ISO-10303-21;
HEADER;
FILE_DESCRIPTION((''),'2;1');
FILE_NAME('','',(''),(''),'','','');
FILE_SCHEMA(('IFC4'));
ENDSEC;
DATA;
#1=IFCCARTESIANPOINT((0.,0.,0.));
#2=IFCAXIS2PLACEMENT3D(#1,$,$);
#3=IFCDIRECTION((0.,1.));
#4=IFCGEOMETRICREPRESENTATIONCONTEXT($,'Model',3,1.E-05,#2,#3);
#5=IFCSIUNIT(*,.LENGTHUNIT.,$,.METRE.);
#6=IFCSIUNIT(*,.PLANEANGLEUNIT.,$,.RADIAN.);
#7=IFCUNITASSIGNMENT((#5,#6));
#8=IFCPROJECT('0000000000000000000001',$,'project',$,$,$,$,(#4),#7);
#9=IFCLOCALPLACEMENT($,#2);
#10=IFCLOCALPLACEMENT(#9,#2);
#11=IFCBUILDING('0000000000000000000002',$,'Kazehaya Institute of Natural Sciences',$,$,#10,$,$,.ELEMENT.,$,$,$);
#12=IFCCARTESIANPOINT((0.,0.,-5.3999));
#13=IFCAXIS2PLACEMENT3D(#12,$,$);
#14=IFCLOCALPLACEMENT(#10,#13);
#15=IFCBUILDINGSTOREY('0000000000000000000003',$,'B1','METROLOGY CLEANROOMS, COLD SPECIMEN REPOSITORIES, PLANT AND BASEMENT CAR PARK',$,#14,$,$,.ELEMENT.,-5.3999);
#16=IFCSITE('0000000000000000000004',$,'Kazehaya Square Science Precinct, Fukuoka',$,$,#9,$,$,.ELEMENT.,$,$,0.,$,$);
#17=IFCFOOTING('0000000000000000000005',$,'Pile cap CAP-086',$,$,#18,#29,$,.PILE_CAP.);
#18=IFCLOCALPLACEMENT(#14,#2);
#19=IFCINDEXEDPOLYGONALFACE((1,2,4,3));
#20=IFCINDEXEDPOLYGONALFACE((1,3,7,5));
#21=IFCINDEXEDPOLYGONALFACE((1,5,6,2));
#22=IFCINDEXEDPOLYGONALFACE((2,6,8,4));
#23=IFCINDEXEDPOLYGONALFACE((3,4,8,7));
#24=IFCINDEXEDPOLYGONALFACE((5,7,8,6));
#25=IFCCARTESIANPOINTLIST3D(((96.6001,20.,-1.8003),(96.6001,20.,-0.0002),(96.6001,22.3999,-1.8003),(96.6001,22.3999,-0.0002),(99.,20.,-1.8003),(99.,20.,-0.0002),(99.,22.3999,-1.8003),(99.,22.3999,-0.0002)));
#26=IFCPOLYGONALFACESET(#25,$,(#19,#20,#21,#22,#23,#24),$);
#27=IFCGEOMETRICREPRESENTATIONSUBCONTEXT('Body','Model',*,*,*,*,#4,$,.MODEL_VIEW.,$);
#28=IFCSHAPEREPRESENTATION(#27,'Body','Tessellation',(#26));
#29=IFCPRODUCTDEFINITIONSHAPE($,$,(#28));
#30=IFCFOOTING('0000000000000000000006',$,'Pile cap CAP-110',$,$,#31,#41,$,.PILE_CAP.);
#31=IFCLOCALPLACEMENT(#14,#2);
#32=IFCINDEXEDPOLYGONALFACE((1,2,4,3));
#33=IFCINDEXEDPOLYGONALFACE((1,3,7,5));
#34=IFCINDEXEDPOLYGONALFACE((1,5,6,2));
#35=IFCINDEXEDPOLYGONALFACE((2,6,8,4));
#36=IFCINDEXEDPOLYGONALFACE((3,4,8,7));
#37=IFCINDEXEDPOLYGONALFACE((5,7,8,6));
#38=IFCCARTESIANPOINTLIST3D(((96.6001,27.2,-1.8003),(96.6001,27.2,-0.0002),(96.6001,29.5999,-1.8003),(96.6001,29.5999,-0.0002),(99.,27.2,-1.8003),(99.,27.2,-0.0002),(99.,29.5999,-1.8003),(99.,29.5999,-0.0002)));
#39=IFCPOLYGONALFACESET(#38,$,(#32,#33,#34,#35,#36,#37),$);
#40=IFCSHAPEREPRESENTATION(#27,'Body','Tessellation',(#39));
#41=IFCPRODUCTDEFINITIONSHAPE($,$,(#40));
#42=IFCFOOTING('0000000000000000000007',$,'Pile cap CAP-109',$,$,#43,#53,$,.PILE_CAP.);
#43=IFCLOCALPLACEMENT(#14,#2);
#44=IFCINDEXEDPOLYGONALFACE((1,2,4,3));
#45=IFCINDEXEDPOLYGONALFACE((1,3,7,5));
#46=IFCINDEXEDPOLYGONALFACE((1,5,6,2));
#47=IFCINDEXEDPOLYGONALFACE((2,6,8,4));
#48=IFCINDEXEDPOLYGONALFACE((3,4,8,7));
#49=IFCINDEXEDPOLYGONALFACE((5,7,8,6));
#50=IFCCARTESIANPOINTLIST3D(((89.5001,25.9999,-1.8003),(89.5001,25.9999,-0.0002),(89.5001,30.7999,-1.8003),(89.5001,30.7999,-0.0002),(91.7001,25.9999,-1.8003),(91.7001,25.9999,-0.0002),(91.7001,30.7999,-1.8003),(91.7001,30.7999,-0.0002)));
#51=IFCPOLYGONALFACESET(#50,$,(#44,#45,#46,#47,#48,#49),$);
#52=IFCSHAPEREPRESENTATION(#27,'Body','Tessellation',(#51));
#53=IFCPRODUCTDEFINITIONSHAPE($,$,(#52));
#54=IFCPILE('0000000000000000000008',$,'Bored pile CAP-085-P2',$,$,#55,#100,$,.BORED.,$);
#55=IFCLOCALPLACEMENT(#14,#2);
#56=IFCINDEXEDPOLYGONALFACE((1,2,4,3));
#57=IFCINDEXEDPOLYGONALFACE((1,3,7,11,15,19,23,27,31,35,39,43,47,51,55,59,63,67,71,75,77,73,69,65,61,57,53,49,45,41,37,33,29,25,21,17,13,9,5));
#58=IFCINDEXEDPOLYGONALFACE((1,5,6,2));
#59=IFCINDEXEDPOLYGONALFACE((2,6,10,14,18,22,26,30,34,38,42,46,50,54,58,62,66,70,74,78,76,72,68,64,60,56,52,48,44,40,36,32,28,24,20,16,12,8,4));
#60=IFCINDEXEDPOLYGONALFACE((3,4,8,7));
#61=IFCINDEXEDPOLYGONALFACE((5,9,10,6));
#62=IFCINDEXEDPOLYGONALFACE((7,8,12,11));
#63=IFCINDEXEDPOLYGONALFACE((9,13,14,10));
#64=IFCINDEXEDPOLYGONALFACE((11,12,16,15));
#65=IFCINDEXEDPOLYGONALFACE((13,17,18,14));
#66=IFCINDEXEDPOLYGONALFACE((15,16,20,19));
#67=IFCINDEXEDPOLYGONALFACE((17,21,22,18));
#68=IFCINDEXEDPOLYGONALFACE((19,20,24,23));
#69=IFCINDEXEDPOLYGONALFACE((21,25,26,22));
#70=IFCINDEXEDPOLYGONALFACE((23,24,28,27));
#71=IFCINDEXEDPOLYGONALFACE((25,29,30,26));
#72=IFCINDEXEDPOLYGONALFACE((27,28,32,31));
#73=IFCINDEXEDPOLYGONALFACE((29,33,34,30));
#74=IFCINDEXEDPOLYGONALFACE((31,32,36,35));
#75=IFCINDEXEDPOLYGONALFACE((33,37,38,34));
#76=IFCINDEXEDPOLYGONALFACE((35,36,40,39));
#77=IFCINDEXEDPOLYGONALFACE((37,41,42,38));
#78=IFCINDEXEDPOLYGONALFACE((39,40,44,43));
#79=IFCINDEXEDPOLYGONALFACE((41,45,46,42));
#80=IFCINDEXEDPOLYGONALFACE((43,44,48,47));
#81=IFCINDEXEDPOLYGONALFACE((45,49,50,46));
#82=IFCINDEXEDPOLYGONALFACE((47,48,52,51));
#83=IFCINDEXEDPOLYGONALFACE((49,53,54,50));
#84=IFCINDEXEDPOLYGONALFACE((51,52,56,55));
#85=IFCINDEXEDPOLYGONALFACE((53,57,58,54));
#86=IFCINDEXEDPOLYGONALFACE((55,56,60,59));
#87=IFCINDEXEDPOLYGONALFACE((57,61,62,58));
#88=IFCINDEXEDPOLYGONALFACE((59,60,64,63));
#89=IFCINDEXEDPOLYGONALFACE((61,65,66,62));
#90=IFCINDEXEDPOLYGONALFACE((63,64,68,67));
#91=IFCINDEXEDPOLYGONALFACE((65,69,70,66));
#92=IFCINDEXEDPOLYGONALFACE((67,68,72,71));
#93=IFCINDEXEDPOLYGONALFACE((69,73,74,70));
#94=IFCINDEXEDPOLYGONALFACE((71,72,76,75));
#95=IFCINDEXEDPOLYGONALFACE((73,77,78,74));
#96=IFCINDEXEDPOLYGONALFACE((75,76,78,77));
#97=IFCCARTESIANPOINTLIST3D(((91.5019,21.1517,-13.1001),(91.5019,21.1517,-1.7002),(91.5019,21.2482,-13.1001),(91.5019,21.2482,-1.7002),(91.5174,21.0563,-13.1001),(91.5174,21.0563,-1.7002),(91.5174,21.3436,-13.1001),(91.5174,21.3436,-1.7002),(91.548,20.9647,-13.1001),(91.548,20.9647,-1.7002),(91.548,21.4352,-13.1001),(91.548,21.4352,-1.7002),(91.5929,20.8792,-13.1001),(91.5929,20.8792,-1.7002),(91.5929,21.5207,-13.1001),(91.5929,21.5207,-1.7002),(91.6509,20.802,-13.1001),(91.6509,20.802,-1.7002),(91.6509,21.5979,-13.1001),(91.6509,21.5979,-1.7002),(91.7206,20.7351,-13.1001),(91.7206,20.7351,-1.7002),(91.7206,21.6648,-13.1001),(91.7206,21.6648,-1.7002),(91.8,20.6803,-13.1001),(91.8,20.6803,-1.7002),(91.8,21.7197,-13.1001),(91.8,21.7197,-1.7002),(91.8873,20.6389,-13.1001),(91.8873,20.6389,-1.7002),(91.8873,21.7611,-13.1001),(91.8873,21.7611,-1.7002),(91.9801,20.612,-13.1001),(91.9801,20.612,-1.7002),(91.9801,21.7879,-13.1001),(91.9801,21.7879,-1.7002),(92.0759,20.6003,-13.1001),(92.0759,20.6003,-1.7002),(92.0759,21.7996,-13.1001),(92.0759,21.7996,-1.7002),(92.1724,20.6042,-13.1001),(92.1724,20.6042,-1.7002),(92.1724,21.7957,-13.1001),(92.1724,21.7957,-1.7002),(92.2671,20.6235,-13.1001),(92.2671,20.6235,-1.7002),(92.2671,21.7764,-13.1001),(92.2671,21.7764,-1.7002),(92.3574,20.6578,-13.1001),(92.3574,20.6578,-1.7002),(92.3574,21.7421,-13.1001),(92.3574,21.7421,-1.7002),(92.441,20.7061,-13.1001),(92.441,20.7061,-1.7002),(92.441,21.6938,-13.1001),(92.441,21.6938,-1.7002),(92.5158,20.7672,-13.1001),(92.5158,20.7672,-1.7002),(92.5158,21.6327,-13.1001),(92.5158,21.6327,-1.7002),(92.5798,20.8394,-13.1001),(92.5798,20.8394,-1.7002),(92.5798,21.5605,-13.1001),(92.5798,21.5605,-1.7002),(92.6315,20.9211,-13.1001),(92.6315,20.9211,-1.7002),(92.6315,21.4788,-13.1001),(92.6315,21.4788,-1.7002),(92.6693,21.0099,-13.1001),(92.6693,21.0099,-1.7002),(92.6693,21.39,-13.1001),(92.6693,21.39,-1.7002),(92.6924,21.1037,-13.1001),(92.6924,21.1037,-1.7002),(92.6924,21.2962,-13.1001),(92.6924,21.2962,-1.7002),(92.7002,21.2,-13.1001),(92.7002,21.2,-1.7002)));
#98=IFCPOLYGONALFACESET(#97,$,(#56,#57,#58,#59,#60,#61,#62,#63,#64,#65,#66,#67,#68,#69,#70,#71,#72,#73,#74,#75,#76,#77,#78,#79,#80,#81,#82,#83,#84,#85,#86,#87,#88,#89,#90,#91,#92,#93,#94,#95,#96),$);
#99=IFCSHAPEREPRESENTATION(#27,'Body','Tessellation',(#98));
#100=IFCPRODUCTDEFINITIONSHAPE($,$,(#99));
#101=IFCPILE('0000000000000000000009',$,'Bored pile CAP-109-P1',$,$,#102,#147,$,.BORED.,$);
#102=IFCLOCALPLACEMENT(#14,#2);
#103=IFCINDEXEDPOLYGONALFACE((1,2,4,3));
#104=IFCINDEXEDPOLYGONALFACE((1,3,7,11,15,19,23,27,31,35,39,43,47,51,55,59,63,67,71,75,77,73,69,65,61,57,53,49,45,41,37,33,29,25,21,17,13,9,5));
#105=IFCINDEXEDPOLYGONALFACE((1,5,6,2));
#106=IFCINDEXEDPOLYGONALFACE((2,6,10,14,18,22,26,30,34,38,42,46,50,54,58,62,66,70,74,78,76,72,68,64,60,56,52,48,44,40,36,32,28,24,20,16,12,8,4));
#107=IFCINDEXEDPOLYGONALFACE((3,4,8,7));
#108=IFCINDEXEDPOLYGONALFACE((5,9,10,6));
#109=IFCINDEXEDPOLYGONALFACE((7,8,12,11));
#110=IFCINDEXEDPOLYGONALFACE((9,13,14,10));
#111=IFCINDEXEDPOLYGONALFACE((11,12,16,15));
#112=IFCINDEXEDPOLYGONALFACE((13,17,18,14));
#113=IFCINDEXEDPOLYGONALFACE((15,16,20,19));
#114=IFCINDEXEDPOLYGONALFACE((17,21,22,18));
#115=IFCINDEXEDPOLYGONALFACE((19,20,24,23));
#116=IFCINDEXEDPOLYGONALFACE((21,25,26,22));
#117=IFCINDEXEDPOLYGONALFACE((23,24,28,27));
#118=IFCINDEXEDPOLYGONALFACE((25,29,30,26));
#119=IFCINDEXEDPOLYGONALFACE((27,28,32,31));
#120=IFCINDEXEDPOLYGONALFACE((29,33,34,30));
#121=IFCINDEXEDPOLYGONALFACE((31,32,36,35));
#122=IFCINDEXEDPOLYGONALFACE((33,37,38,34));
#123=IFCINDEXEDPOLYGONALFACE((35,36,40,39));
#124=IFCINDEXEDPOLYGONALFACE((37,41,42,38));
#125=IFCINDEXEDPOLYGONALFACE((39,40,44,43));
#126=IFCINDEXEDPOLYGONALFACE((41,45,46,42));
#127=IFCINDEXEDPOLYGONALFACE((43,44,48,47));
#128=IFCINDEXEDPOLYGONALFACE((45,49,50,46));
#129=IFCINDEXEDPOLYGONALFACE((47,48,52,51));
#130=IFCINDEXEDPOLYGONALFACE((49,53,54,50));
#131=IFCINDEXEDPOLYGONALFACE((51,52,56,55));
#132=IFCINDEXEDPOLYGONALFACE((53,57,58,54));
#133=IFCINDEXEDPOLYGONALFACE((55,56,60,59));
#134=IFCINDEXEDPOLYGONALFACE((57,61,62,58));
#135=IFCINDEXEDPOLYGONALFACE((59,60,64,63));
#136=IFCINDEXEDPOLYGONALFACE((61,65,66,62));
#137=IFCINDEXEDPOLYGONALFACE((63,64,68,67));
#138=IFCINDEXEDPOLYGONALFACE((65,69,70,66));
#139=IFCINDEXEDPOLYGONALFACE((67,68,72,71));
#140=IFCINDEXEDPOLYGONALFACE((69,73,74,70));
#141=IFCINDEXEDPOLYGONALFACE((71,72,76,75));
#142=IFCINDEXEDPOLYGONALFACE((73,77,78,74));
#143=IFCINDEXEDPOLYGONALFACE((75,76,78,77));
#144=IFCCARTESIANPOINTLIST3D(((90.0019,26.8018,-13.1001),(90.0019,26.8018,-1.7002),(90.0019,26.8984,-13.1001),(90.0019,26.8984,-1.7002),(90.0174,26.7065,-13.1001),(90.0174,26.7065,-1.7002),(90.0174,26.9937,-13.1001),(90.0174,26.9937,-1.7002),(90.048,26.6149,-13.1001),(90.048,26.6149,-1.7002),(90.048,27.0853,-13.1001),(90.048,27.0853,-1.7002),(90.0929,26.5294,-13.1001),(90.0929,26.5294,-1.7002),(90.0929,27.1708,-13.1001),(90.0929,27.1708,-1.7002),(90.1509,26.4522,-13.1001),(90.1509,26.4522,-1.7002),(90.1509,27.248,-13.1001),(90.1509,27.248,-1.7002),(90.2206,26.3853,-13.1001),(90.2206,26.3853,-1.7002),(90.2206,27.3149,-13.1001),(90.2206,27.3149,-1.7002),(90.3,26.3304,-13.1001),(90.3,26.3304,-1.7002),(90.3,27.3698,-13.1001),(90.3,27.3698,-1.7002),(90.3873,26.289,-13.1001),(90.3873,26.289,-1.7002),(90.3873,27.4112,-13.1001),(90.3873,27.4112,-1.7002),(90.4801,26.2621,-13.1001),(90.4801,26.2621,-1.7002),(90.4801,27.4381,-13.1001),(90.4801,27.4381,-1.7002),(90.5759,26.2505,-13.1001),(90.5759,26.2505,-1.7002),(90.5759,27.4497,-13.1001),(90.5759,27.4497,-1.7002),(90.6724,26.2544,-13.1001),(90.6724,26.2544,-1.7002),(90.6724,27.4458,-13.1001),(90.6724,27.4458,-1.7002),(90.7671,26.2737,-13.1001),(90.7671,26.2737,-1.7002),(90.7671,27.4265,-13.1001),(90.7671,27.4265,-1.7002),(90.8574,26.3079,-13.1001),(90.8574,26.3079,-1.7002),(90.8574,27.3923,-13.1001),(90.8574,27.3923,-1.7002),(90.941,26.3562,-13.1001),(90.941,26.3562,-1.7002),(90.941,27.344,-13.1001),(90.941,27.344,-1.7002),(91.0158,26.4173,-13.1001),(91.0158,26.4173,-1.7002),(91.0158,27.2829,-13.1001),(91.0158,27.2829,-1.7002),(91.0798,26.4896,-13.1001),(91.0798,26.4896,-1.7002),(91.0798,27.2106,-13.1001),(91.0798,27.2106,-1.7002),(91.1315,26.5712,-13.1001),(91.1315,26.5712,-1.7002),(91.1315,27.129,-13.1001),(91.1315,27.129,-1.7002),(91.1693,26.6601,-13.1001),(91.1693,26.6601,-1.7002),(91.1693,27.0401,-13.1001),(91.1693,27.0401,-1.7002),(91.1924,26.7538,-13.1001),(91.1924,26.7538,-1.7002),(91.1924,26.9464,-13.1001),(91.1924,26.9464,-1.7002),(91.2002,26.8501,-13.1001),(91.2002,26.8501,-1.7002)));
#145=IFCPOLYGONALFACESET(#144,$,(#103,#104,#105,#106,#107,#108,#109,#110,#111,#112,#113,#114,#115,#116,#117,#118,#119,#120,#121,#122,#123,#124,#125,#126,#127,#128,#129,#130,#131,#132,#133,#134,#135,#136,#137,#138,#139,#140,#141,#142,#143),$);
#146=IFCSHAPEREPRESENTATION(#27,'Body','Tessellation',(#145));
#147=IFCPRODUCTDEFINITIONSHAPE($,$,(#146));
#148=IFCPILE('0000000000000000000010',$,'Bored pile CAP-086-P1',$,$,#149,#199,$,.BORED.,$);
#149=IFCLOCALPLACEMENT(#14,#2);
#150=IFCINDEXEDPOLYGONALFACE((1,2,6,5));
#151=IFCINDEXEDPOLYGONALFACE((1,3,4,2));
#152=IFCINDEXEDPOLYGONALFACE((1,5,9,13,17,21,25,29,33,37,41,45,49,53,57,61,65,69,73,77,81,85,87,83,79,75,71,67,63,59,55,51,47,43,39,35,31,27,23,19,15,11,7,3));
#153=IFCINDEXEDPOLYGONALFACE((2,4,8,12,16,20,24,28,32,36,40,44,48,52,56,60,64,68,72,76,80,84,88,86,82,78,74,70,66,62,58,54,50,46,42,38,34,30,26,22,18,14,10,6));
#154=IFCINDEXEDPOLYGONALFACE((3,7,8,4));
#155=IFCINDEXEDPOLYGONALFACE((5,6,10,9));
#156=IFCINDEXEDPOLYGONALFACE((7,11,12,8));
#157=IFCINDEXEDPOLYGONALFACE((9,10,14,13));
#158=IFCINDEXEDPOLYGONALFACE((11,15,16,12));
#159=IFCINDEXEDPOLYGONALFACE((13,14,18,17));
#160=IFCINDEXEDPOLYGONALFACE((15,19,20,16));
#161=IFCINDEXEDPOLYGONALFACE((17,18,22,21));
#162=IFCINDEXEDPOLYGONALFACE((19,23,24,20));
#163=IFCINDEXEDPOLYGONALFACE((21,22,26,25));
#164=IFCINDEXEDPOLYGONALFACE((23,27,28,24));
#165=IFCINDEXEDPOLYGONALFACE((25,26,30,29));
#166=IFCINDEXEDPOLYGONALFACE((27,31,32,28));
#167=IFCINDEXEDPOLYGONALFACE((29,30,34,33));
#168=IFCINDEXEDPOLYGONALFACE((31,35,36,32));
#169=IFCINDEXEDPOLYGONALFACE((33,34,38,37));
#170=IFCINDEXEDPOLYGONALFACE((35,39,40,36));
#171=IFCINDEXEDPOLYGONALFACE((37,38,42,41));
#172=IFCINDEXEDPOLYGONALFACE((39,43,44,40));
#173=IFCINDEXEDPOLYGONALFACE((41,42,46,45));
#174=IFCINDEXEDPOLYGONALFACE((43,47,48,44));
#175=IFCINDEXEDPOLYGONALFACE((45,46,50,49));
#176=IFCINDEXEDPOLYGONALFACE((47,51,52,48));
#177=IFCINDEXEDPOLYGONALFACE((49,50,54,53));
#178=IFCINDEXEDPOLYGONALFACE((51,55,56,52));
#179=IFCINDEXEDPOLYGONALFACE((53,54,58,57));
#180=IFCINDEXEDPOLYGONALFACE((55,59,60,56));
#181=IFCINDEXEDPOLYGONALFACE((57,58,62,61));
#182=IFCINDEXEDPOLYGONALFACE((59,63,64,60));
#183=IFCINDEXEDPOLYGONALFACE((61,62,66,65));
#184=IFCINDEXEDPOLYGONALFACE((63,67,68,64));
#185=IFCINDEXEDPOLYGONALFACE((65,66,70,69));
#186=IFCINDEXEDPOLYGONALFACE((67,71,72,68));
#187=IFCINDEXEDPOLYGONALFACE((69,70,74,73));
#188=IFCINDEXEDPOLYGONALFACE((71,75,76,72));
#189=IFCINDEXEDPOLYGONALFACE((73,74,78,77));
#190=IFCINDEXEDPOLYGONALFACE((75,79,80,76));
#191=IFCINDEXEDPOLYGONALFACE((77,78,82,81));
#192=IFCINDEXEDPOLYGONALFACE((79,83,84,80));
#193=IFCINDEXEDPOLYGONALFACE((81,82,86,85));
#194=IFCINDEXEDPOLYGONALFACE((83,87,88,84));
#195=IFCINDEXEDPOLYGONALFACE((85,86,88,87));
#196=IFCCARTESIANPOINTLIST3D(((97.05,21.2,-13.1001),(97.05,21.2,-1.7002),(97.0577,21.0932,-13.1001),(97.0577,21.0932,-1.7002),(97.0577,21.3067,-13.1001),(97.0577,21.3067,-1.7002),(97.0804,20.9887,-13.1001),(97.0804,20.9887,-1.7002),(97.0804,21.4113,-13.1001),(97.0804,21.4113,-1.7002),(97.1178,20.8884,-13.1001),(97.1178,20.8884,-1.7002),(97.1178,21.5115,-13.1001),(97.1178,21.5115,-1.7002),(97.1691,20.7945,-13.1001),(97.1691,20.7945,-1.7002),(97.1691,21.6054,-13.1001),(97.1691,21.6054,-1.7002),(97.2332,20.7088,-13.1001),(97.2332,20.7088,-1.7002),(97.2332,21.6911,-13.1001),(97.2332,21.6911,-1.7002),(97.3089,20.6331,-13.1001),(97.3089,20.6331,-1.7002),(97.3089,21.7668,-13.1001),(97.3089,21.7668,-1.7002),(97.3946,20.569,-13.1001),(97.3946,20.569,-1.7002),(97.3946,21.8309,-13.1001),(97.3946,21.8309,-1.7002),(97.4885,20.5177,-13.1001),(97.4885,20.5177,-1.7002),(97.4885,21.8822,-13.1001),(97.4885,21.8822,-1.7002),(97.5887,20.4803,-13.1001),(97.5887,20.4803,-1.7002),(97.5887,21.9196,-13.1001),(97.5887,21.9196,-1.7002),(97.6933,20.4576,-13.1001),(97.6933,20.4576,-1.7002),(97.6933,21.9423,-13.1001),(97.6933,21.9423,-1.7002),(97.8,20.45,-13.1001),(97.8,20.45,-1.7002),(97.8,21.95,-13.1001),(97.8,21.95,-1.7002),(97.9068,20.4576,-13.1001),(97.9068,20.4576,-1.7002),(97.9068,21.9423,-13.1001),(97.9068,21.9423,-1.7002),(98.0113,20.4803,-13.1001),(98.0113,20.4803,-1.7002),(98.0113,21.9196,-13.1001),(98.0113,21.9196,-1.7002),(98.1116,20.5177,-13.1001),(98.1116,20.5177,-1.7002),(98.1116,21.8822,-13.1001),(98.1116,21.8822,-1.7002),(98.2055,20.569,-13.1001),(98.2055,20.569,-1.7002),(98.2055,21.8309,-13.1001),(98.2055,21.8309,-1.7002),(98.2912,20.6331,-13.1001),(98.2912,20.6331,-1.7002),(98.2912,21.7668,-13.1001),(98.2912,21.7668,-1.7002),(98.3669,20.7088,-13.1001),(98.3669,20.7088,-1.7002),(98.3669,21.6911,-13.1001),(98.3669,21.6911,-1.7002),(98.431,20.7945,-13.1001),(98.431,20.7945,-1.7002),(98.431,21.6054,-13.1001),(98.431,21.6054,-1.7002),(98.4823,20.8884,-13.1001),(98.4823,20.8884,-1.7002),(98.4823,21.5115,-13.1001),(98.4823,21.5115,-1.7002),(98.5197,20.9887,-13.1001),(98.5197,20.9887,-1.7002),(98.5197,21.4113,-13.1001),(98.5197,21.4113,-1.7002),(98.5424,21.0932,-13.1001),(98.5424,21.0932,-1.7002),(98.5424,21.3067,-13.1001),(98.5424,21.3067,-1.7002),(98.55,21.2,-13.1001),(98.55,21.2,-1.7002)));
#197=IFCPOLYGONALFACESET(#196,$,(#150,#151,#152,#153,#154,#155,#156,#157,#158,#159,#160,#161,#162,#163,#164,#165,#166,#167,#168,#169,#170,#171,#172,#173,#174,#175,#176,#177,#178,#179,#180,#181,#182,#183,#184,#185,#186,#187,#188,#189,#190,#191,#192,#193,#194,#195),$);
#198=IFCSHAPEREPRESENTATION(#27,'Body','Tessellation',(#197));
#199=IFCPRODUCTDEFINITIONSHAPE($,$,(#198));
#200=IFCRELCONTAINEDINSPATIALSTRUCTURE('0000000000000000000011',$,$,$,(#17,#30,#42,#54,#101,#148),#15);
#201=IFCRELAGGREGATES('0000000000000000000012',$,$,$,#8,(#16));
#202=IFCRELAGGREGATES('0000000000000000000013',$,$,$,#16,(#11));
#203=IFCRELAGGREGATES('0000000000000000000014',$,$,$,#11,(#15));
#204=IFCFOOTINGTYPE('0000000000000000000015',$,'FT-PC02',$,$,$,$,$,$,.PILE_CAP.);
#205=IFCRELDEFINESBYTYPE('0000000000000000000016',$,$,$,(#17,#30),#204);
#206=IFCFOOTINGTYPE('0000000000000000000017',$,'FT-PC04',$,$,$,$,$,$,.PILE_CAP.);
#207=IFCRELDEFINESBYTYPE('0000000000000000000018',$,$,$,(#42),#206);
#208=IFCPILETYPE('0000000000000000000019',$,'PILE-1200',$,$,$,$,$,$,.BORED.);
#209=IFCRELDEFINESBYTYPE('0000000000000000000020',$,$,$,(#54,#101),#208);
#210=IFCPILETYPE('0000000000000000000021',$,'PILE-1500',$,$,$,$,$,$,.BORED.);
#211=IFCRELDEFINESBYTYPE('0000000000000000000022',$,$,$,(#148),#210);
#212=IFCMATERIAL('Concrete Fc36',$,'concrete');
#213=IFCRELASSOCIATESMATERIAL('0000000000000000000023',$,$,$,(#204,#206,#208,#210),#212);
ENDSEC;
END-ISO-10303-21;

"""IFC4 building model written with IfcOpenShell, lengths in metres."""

from ifc_helpers import new_model, si_unit, direction, frame, origin, origin_2d, place, context, subcontext, project, spatial, rectangle, circle, extrude, material, material_profile, profile_set, type_object, element, save


model = new_model("IFC4")

# Units and contexts
model_context = context("Model", 3, precision=1e-05, world=origin(), true_north=direction((0.0, 1.0)))
body_context = subcontext(model_context, "Body", "Model", "MODEL_VIEW")
ifc_project = project(units=[si_unit("LENGTHUNIT", "METRE"), si_unit("PLANEANGLEUNIT", "RADIAN")], contexts=[model_context])

# Site, building, storey
site_placement = place(None, origin())
site = spatial("IfcSite", under=ifc_project, at=site_placement, Name="Kazehaya Square Science Precinct, Fukuoka", CompositionType="ELEMENT", RefElevation=0.0)
building_placement = place(site_placement, origin())
building = spatial("IfcBuilding", under=site, at=building_placement, Name="Kazehaya Institute of Natural Sciences", CompositionType="ELEMENT")
storey_placement = place(building_placement, frame((0.0, 0.0, -5.3999)))
storey = spatial("IfcBuildingStorey", under=building, at=storey_placement, Name="B1", Description="METROLOGY CLEANROOMS, COLD SPECIMEN REPOSITORIES, PLANT AND BASEMENT CAR PARK", CompositionType="ELEMENT", Elevation=-5.3999)

# Footings
ifc_material_1 = material(Name="Concrete Fc36", Category="concrete")
footing_type_1 = type_object("IfcFootingType", Name="FT-PC02", PredefinedType="PILE_CAP", material=ifc_material_1)
for number, where, z_axis, x_axis, name in (
    (1, (97.8, 21.2, -1.8003), (0.0, 0.0, 1.0), (1.0, 0.0, 0.0), "Pile cap CAP-086"),
    (2, (97.8, 28.3999, -1.8003), (0.0, 0.0, 1.0), (1.0, 0.0, 0.0), "Pile cap CAP-110"),
):
    element("IfcFooting", number, at=place(storey_placement, frame(where, z_axis=z_axis, x_axis=x_axis)), inside=storey, type_object=footing_type_1, Name=name, PredefinedType="PILE_CAP", context=body_context, shape_type="SweptSolid", body=[
        extrude(rectangle(XDim=2.3999, YDim=2.3999, at=origin_2d()), origin(), (0.0, 0.0, 1.0), 1.8),
    ])
footing_type_2 = type_object("IfcFootingType", Name="FT-PC04", PredefinedType="PILE_CAP", material=ifc_material_1)
footing_placement = place(storey_placement, frame((90.6001, 28.3999, -1.8003), z_axis=(0.0, 0.0, 1.0), x_axis=(1.0, 0.0, 0.0)))
element("IfcFooting", 3, at=footing_placement, inside=storey, type_object=footing_type_2, Name="Pile cap CAP-109", PredefinedType="PILE_CAP", context=body_context, shape_type="SweptSolid", body=[
    extrude(rectangle(XDim=2.2, YDim=4.8, at=origin_2d()), origin(), (0.0, 0.0, 1.0), 1.8),
])

# Piles
ifc_material_profile_1 = material_profile(ifc_material_1, circle(Radius=0.6001, at=origin_2d()), Name="PILE-1200")
ifc_profile_set_1 = profile_set([ifc_material_profile_1], Name="Concrete Fc36")
pile_type_1 = type_object("IfcPileType", Name="PILE-1200", PredefinedType="BORED", material=ifc_profile_set_1)
for number, where, z_axis, x_axis, name in (
    (4, (92.1001, 21.2, -1.7002), (0.0, 0.0, -1.0), (1.0, 0.0, 0.0), "Bored pile CAP-085-P2"),
    (5, (90.6001, 26.8501, -1.7002), (0.0, 0.0, -1.0), (1.0, 0.0, 0.0), "Bored pile CAP-109-P1"),
):
    element("IfcPile", number, at=place(storey_placement, frame(where, z_axis=z_axis, x_axis=x_axis)), inside=storey, type_object=pile_type_1, Name=name, PredefinedType="BORED", context=body_context, shape_type="SweptSolid", body=[
        extrude(circle(Radius=0.6001, at=origin_2d()), origin(), (0.0, 0.0, 1.0), 11.3999),
    ])
ifc_material_profile_2 = material_profile(ifc_material_1, circle(Radius=0.75, at=origin_2d()), Name="PILE-1500")
ifc_profile_set_2 = profile_set([ifc_material_profile_2], Name="Concrete Fc36")
pile_type_2 = type_object("IfcPileType", Name="PILE-1500", PredefinedType="BORED", material=ifc_profile_set_2)
for number, where, z_axis, x_axis, name in (
    (6, (97.8, 21.2, -1.7002), (0.0, 0.0, -1.0), (1.0, 0.0, 0.0), "Bored pile CAP-086-P1"),
):
    element("IfcPile", number, at=place(storey_placement, frame(where, z_axis=z_axis, x_axis=x_axis)), inside=storey, type_object=pile_type_2, Name=name, PredefinedType="BORED", context=body_context, shape_type="SweptSolid", body=[
        extrude(circle(Radius=0.75, at=origin_2d()), origin(), (0.0, 0.0, 1.0), 11.3999),
    ])

save(model, "model.ifc")
